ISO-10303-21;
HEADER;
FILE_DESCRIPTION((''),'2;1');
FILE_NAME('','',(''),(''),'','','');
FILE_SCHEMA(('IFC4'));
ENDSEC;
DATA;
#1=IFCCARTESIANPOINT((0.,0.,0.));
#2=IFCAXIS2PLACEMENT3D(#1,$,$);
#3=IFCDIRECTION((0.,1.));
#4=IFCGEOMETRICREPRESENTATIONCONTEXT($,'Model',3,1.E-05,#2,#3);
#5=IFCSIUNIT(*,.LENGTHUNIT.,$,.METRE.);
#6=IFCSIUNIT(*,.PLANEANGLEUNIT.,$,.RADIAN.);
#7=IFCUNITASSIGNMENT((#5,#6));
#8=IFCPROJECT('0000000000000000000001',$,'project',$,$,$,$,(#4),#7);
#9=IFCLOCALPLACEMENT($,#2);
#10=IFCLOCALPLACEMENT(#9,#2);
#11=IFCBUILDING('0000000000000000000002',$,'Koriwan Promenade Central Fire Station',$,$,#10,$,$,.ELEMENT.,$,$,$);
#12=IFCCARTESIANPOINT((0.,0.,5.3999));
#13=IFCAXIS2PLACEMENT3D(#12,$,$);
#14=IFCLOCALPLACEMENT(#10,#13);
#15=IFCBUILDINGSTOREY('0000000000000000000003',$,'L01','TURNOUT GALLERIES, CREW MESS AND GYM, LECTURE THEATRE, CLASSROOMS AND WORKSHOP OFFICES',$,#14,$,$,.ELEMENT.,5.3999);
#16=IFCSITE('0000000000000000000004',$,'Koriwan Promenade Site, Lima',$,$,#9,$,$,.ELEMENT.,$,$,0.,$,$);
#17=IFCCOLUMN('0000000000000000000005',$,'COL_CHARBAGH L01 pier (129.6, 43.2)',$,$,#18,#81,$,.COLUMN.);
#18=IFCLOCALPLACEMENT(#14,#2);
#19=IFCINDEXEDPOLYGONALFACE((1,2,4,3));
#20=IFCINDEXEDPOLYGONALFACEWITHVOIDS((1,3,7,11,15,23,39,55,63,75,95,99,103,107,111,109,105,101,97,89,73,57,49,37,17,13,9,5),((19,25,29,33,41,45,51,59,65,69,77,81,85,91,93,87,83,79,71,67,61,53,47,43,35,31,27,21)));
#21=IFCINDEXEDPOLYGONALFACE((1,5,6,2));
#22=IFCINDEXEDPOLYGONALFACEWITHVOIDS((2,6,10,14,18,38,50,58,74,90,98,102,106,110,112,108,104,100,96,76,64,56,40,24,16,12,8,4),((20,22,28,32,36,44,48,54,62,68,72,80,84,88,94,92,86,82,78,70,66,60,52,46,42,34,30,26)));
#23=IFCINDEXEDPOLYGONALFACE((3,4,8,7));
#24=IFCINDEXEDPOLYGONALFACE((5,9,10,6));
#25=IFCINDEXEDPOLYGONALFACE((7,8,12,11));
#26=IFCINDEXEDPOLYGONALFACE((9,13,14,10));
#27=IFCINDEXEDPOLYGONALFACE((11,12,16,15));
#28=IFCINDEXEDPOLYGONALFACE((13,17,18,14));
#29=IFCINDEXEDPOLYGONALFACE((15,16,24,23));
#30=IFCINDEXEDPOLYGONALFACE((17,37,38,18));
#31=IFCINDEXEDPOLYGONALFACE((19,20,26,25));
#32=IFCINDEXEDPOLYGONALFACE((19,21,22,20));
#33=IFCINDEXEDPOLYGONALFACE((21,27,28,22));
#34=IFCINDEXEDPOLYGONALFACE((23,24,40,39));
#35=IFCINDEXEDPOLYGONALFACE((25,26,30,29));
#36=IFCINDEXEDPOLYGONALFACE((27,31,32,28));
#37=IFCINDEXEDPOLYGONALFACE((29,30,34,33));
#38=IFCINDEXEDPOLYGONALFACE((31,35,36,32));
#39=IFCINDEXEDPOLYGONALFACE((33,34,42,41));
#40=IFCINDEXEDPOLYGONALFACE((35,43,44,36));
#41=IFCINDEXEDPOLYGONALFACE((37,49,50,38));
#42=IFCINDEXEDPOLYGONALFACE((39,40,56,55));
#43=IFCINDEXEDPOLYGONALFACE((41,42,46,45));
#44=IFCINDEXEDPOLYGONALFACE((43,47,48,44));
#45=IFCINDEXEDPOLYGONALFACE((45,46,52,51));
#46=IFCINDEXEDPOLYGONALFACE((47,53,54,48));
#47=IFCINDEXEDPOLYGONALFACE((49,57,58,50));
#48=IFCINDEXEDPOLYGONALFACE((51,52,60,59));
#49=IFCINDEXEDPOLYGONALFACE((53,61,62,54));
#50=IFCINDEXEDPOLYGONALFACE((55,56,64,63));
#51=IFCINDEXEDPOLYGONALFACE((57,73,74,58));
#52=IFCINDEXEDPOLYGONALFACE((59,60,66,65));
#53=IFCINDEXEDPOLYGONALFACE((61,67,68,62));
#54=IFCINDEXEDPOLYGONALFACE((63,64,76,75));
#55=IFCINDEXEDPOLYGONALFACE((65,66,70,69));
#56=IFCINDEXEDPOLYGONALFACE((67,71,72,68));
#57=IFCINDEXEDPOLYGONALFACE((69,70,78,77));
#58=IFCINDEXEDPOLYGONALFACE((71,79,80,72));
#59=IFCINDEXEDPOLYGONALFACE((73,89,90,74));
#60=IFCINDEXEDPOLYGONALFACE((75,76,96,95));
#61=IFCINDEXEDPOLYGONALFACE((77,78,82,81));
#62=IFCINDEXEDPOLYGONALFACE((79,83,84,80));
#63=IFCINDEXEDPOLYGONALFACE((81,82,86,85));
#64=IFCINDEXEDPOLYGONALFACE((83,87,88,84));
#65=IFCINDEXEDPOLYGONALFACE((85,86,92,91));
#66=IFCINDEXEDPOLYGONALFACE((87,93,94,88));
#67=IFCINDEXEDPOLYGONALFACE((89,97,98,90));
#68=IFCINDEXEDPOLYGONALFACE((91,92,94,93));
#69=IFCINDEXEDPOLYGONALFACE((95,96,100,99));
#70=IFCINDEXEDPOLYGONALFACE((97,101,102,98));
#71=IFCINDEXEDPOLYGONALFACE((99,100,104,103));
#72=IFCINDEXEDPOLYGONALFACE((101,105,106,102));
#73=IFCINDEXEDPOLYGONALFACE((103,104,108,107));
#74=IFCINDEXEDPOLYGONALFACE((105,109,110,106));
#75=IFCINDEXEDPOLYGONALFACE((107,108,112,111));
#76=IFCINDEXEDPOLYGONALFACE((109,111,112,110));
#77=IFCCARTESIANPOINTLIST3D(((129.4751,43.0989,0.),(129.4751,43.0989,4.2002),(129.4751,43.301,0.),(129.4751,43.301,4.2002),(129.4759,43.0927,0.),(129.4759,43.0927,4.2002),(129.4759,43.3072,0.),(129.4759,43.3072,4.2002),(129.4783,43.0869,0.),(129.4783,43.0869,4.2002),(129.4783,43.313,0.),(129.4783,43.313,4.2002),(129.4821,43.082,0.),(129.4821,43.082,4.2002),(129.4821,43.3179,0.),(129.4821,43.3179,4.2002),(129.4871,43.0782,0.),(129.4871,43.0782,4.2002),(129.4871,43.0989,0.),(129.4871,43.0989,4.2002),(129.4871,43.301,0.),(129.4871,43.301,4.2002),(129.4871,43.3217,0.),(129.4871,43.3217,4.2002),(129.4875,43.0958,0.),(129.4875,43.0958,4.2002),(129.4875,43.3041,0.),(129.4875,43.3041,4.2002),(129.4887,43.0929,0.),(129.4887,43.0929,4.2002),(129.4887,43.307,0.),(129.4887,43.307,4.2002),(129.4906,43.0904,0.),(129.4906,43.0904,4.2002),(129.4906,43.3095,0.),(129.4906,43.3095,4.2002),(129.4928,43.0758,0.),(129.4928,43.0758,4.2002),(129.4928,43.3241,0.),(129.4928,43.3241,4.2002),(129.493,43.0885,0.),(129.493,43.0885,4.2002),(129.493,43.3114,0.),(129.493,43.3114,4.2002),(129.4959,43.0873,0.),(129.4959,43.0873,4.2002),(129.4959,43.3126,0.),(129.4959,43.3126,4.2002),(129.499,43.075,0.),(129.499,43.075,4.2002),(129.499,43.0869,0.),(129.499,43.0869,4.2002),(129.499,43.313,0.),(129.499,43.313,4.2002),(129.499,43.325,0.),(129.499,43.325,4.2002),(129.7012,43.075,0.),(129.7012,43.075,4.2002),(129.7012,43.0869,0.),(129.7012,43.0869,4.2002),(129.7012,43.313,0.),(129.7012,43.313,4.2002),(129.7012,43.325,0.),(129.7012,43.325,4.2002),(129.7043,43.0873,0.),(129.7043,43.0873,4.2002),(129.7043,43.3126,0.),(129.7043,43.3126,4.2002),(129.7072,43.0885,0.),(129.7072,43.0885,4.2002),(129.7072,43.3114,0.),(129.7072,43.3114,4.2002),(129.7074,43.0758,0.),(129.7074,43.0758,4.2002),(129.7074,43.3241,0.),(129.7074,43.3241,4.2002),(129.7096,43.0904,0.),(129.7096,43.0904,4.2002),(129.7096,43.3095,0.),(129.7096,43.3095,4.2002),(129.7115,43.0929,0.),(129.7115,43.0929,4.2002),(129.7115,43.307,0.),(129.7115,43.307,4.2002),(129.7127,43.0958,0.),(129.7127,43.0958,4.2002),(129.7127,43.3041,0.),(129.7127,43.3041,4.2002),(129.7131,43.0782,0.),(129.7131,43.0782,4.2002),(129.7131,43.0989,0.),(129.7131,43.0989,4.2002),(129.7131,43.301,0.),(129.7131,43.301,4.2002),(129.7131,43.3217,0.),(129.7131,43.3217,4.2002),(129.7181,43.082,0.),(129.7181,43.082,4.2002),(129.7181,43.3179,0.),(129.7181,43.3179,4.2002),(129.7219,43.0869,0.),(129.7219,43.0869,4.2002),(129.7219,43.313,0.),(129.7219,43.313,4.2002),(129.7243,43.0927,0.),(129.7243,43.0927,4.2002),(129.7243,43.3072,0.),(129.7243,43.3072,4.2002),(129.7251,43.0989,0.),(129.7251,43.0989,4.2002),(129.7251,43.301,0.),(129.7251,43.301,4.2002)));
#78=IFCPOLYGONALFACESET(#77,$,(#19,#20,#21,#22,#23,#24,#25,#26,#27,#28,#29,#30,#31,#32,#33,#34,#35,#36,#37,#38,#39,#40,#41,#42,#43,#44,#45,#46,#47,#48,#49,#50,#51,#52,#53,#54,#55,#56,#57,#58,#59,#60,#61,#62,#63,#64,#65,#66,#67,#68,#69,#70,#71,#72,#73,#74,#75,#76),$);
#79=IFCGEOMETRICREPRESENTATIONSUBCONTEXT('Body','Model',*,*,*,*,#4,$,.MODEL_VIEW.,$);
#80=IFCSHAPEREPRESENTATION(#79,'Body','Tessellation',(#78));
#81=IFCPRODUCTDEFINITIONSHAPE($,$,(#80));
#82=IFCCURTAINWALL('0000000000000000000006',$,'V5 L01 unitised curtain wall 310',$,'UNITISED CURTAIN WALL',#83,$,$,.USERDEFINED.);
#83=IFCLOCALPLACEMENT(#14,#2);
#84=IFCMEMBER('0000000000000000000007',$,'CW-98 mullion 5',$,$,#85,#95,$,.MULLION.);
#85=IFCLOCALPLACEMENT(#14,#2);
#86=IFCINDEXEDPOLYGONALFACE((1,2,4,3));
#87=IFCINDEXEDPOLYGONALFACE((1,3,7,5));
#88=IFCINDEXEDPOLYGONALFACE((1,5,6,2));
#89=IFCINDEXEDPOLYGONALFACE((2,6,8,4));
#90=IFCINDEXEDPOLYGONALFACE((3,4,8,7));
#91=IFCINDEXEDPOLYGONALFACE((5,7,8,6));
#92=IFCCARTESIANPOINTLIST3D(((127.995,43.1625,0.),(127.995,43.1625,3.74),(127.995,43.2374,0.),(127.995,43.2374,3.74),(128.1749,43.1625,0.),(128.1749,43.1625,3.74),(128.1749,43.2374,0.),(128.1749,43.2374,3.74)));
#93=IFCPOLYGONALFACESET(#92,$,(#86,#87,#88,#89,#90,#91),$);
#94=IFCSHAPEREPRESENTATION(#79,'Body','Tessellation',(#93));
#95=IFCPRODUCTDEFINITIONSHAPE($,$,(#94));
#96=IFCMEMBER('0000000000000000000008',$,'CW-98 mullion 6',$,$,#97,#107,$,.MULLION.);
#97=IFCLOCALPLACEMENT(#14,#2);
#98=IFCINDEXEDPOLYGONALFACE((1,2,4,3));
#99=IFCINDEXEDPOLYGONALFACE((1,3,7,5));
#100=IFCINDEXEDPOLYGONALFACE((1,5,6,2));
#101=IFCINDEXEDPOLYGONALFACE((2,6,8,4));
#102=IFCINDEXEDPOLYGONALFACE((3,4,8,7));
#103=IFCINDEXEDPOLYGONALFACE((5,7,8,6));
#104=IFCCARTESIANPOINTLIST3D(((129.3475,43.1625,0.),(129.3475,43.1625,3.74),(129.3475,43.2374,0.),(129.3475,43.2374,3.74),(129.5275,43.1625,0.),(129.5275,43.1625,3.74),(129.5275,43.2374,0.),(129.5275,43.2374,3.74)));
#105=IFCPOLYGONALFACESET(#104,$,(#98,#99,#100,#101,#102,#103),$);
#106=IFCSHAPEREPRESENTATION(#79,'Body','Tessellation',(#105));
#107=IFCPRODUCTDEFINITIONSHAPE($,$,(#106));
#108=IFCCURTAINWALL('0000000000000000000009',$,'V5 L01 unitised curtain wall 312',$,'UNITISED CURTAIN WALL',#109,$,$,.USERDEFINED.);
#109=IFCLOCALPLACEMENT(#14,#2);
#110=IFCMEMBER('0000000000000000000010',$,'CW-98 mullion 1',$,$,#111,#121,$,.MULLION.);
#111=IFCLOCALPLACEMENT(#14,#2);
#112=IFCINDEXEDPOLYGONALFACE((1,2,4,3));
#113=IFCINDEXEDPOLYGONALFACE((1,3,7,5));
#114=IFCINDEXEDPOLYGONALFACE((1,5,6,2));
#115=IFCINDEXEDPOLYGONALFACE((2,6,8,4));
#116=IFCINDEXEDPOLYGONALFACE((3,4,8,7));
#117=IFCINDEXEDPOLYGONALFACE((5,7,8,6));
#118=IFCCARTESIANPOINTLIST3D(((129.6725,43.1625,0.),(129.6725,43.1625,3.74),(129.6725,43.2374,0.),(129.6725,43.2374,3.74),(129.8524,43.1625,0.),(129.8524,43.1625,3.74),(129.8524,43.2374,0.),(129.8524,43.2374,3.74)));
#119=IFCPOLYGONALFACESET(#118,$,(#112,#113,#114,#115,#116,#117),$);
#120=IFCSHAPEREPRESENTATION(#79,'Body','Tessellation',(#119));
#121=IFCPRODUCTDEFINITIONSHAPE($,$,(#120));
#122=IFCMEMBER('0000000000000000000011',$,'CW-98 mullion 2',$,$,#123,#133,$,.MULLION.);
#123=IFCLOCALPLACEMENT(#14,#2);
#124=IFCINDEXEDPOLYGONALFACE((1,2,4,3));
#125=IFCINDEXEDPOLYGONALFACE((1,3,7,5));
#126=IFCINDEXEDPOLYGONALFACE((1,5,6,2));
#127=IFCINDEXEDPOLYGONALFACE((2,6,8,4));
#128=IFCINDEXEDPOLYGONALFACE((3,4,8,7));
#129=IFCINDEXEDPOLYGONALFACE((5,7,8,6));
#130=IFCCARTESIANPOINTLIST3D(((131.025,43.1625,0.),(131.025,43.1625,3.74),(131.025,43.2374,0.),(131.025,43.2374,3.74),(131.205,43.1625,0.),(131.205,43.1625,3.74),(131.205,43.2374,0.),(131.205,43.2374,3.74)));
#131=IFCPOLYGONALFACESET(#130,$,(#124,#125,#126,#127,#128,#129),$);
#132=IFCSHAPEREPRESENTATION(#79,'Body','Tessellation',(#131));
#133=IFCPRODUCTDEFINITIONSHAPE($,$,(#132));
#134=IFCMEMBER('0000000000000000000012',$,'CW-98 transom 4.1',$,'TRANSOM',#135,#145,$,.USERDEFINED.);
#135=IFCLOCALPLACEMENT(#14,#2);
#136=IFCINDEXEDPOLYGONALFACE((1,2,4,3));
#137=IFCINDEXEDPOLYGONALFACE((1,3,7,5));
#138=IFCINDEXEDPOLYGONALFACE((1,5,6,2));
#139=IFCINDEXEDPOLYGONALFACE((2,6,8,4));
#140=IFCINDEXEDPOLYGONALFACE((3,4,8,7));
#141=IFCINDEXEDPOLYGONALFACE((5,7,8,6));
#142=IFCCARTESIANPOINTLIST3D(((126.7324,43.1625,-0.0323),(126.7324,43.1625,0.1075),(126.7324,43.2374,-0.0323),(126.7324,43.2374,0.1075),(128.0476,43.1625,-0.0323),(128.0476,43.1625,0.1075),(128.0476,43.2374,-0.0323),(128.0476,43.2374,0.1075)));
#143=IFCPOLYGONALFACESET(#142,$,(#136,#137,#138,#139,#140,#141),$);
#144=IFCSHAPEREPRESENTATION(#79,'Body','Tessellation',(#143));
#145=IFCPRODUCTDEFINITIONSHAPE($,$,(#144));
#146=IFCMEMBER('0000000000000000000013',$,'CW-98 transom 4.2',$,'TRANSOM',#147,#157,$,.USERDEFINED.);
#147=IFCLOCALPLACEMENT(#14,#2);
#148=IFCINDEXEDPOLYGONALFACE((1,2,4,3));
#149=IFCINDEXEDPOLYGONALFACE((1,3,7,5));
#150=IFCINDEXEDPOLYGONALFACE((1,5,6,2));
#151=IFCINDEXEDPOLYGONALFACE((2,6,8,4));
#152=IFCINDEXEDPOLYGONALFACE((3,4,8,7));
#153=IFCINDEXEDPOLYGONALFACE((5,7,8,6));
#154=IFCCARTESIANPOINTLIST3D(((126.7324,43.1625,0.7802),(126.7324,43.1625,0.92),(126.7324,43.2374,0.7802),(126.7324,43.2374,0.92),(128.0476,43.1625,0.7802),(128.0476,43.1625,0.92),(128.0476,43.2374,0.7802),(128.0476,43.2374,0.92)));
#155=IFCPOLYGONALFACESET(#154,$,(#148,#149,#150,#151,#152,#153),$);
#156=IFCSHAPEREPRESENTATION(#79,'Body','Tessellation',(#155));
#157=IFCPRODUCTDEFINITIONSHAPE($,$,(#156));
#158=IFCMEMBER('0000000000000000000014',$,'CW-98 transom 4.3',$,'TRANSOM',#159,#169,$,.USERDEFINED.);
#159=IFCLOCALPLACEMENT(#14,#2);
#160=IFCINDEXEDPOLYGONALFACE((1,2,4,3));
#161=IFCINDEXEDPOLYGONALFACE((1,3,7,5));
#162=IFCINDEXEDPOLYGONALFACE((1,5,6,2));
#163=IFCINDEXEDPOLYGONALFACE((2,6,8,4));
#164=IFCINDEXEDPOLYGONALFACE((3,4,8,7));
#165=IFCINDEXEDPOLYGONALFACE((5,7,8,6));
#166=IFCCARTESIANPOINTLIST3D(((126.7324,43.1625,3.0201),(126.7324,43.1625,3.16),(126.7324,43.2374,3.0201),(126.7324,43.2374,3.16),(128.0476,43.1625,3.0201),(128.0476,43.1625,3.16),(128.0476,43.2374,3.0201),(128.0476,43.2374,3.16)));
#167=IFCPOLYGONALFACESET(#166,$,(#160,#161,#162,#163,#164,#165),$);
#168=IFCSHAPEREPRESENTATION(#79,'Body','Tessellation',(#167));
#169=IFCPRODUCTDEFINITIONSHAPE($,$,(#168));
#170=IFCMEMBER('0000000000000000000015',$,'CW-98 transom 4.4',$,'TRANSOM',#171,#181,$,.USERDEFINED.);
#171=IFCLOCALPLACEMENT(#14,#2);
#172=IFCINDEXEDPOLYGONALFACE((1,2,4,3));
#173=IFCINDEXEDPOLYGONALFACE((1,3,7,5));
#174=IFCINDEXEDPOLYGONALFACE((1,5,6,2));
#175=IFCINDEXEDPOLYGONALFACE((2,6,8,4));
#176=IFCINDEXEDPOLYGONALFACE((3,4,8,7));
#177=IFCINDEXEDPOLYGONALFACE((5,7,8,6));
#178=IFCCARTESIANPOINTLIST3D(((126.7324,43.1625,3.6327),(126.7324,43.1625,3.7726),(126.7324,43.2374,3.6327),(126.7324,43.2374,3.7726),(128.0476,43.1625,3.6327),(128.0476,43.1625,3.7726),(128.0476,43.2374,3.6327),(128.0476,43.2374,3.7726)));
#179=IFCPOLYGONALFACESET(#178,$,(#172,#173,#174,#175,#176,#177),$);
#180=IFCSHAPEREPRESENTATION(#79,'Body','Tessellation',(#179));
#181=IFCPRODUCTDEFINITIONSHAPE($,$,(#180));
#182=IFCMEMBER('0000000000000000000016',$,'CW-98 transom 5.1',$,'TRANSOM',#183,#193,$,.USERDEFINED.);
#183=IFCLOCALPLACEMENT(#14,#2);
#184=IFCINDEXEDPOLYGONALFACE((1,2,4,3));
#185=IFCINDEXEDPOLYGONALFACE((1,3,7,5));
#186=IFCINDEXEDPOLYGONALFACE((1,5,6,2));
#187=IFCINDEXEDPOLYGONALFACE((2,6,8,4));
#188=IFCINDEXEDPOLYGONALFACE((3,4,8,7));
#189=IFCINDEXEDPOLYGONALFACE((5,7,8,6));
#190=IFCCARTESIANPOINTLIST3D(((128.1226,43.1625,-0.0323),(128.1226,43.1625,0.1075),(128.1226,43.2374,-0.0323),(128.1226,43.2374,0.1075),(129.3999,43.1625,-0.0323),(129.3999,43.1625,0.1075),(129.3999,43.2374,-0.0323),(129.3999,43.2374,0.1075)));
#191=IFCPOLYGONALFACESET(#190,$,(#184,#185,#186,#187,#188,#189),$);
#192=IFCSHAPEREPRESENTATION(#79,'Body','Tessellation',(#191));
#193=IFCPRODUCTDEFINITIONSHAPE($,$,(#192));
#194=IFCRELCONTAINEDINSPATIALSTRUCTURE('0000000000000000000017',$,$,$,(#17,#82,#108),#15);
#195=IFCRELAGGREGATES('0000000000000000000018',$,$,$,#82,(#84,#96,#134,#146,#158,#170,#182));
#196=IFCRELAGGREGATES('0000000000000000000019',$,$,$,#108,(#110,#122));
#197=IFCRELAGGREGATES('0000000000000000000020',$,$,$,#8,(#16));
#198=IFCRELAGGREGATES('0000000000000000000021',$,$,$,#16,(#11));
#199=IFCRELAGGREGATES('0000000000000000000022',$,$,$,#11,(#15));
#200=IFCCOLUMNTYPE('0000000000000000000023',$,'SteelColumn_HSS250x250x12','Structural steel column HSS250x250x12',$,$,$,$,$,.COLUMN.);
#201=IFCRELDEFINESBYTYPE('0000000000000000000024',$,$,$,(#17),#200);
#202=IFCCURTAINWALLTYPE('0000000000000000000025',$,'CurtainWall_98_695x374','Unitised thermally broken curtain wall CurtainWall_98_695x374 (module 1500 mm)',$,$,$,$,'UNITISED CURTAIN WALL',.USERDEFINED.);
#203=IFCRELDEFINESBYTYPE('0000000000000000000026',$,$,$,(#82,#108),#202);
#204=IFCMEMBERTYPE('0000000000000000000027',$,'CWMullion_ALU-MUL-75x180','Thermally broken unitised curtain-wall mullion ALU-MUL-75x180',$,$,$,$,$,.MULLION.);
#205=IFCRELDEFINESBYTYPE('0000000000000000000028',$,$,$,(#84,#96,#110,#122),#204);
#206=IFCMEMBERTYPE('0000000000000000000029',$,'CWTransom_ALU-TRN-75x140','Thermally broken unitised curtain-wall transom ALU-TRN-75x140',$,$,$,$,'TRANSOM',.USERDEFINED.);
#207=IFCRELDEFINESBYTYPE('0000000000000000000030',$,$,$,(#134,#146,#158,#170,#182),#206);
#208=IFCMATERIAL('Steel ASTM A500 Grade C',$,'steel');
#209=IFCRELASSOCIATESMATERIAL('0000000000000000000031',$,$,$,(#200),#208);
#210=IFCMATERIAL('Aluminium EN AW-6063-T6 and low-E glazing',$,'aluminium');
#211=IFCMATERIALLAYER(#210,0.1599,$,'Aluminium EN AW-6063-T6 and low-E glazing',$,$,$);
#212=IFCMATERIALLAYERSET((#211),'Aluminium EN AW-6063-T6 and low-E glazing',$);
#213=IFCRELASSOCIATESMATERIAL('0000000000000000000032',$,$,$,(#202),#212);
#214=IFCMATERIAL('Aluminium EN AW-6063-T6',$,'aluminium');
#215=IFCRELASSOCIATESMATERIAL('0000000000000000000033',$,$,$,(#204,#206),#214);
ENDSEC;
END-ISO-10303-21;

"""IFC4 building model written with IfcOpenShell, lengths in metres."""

from ifc_helpers import new_model, si_unit, direction, frame, origin, origin_2d, place, context, subcontext, project, spatial, rectangle, hollow_rectangle, extrude, material, layer, layer_set, material_profile, profile_set, type_object, element, aggregate, save


model = new_model("IFC4")

# Units and contexts
model_context = context("Model", 3, precision=1e-05, world=origin(), true_north=direction((0.0, 1.0)))
body_context = subcontext(model_context, "Body", "Model", "MODEL_VIEW")
ifc_project = project(units=[si_unit("LENGTHUNIT", "METRE"), si_unit("PLANEANGLEUNIT", "RADIAN")], contexts=[model_context])

# Site, building, storey
site_placement = place(None, origin())
site = spatial("IfcSite", under=ifc_project, at=site_placement, Name="Koriwan Promenade Site, Lima", CompositionType="ELEMENT", RefElevation=0.0)
building_placement = place(site_placement, origin())
building = spatial("IfcBuilding", under=site, at=building_placement, Name="Koriwan Promenade Central Fire Station", CompositionType="ELEMENT")
storey_placement = place(building_placement, frame((0.0, 0.0, 5.3999)))
storey = spatial("IfcBuildingStorey", under=building, at=storey_placement, Name="L01", Description="TURNOUT GALLERIES, CREW MESS AND GYM, LECTURE THEATRE, CLASSROOMS AND WORKSHOP OFFICES", CompositionType="ELEMENT", Elevation=5.3999)

# Column
ifc_material_1 = material(Name="Steel ASTM A500 Grade C", Category="steel")
ifc_material_profile_1 = material_profile(ifc_material_1, hollow_rectangle(XDim=0.25, YDim=0.25, WallThickness=0.012, InnerFilletRadius=0.012, OuterFilletRadius=0.0239, at=origin_2d()), Name="HSS250x250x12")
ifc_profile_set_1 = profile_set([ifc_material_profile_1], Name="Steel ASTM A500 Grade C")
column_type = type_object("IfcColumnType", Name="SteelColumn_HSS250x250x12", Description="Structural steel column HSS250x250x12", PredefinedType="COLUMN", material=ifc_profile_set_1)
column_placement = place(storey_placement, frame((129.6001, 43.2, 0.0), z_axis=(0.0, 0.0, 1.0), x_axis=(1.0, 0.0, 0.0)))
element("IfcColumn", 1, at=column_placement, inside=storey, type_object=column_type, Name="COL_CHARBAGH L01 pier (129.6, 43.2)", PredefinedType="COLUMN", context=body_context, shape_type="SweptSolid", body=[
    extrude(hollow_rectangle(XDim=0.25, YDim=0.25, WallThickness=0.012, InnerFilletRadius=0.012, OuterFilletRadius=0.0239, at=origin_2d()), origin(), (0.0, 0.0, 1.0), 4.2002),
])

# Curtain walls, members
ifc_material_2 = material(Name="Aluminium EN AW-6063-T6 and low-E glazing", Category="aluminium")
ifc_layer_1 = layer(ifc_material_2, 0.1599, Name="Aluminium EN AW-6063-T6 and low-E glazing")
ifc_layer_set_1 = layer_set([ifc_layer_1], Name="Aluminium EN AW-6063-T6 and low-E glazing")
curtain_wall_type = type_object("IfcCurtainWallType", Name="CurtainWall_98_695x374", Description="Unitised thermally broken curtain wall CurtainWall_98_695x374 (module 1500 mm)", ElementType="UNITISED CURTAIN WALL", PredefinedType="USERDEFINED", material=ifc_layer_set_1)
curtain_wall_1_placement = place(storey_placement, origin())
curtain_wall_1 = element("IfcCurtainWall", 2, at=curtain_wall_1_placement, inside=storey, type_object=curtain_wall_type, Name="V5 L01 unitised curtain wall 310", ObjectType="UNITISED CURTAIN WALL", PredefinedType="USERDEFINED")
ifc_material_3 = material(Name="Aluminium EN AW-6063-T6", Category="aluminium")
ifc_material_profile_2 = material_profile(ifc_material_3, rectangle(XDim=0.075, YDim=0.1799, at=origin_2d()), Name="ALU-MUL-75x180")
ifc_profile_set_2 = profile_set([ifc_material_profile_2], Name="Aluminium EN AW-6063-T6")
member_type_1 = type_object("IfcMemberType", Name="CWMullion_ALU-MUL-75x180", Description="Thermally broken unitised curtain-wall mullion ALU-MUL-75x180", PredefinedType="MULLION", material=ifc_profile_set_2)
member_1_placement = place(storey_placement, frame((128.085, 43.2, 0.0), z_axis=(0.0, 0.0, 1.0), x_axis=(0.0, 1.0, 0.0)))
member_1 = element("IfcMember", 3, at=member_1_placement, type_object=member_type_1, Name="CW-98 mullion 5", PredefinedType="MULLION", context=body_context, shape_type="SweptSolid", body=[
    extrude(rectangle(XDim=0.075, YDim=0.1799, at=origin_2d()), origin(), (0.0, 0.0, 1.0), 3.74),
])
member_2_placement = place(storey_placement, frame((129.4375, 43.2, 0.0), z_axis=(0.0, 0.0, 1.0), x_axis=(0.0, 1.0, 0.0)))
member_2 = element("IfcMember", 4, at=member_2_placement, type_object=member_type_1, Name="CW-98 mullion 6", PredefinedType="MULLION", context=body_context, shape_type="SweptSolid", body=[
    extrude(rectangle(XDim=0.075, YDim=0.1799, at=origin_2d()), origin(), (0.0, 0.0, 1.0), 3.74),
])
curtain_wall_2_placement = place(storey_placement, origin())
curtain_wall_2 = element("IfcCurtainWall", 5, at=curtain_wall_2_placement, inside=storey, type_object=curtain_wall_type, Name="V5 L01 unitised curtain wall 312", ObjectType="UNITISED CURTAIN WALL", PredefinedType="USERDEFINED")
member_3_placement = place(storey_placement, frame((129.7625, 43.2, 0.0), z_axis=(0.0, 0.0, 1.0), x_axis=(0.0, 1.0, 0.0)))
member_3 = element("IfcMember", 6, at=member_3_placement, type_object=member_type_1, Name="CW-98 mullion 1", PredefinedType="MULLION", context=body_context, shape_type="SweptSolid", body=[
    extrude(rectangle(XDim=0.075, YDim=0.1799, at=origin_2d()), origin(), (0.0, 0.0, 1.0), 3.74),
])
member_4_placement = place(storey_placement, frame((131.115, 43.2, 0.0), z_axis=(0.0, 0.0, 1.0), x_axis=(0.0, 1.0, 0.0)))
member_4 = element("IfcMember", 7, at=member_4_placement, type_object=member_type_1, Name="CW-98 mullion 2", PredefinedType="MULLION", context=body_context, shape_type="SweptSolid", body=[
    extrude(rectangle(XDim=0.075, YDim=0.1799, at=origin_2d()), origin(), (0.0, 0.0, 1.0), 3.74),
])

# Members
ifc_material_profile_3 = material_profile(ifc_material_3, rectangle(XDim=0.075, YDim=0.1399, at=origin_2d()), Name="ALU-TRN-75x140")
ifc_profile_set_3 = profile_set([ifc_material_profile_3], Name="Aluminium EN AW-6063-T6")
member_type_2 = type_object("IfcMemberType", Name="CWTransom_ALU-TRN-75x140", Description="Thermally broken unitised curtain-wall transom ALU-TRN-75x140", ElementType="TRANSOM", PredefinedType="USERDEFINED", material=ifc_profile_set_3)
member_5_placement = place(storey_placement, frame((126.7324, 43.2, 0.0376), z_axis=(1.0, 0.0, 0.0), x_axis=(0.0, 1.0, 0.0)))
member_5 = element("IfcMember", 8, at=member_5_placement, type_object=member_type_2, Name="CW-98 transom 4.1", ObjectType="TRANSOM", PredefinedType="USERDEFINED", context=body_context, shape_type="SweptSolid", body=[
    extrude(rectangle(XDim=0.075, YDim=0.1399, at=origin_2d()), origin(), (0.0, 0.0, 1.0), 1.3152),
])
member_6_placement = place(storey_placement, frame((126.7324, 43.2, 0.8501), z_axis=(1.0, 0.0, 0.0), x_axis=(0.0, 1.0, 0.0)))
member_6 = element("IfcMember", 9, at=member_6_placement, type_object=member_type_2, Name="CW-98 transom 4.2", ObjectType="TRANSOM", PredefinedType="USERDEFINED", context=body_context, shape_type="SweptSolid", body=[
    extrude(rectangle(XDim=0.075, YDim=0.1399, at=origin_2d()), origin(), (0.0, 0.0, 1.0), 1.3152),
])
member_7_placement = place(storey_placement, frame((126.7324, 43.2, 3.0901), z_axis=(1.0, 0.0, 0.0), x_axis=(0.0, 1.0, 0.0)))
member_7 = element("IfcMember", 10, at=member_7_placement, type_object=member_type_2, Name="CW-98 transom 4.3", ObjectType="TRANSOM", PredefinedType="USERDEFINED", context=body_context, shape_type="SweptSolid", body=[
    extrude(rectangle(XDim=0.075, YDim=0.1399, at=origin_2d()), origin(), (0.0, 0.0, 1.0), 1.3152),
])
member_8_placement = place(storey_placement, frame((126.7324, 43.2, 3.7026), z_axis=(1.0, 0.0, 0.0), x_axis=(0.0, 1.0, 0.0)))
member_8 = element("IfcMember", 11, at=member_8_placement, type_object=member_type_2, Name="CW-98 transom 4.4", ObjectType="TRANSOM", PredefinedType="USERDEFINED", context=body_context, shape_type="SweptSolid", body=[
    extrude(rectangle(XDim=0.075, YDim=0.1399, at=origin_2d()), origin(), (0.0, 0.0, 1.0), 1.3152),
])
member_9_placement = place(storey_placement, frame((128.1226, 43.2, 0.0376), z_axis=(1.0, 0.0, 0.0), x_axis=(0.0, 1.0, 0.0)))
member_9 = element("IfcMember", 12, at=member_9_placement, type_object=member_type_2, Name="CW-98 transom 5.1", ObjectType="TRANSOM", PredefinedType="USERDEFINED", context=body_context, shape_type="SweptSolid", body=[
    extrude(rectangle(XDim=0.075, YDim=0.1399, at=origin_2d()), origin(), (0.0, 0.0, 1.0), 1.2773),
])

aggregate(curtain_wall_1, [member_1, member_2, member_5, member_6, member_7, member_8, member_9])
aggregate(curtain_wall_2, [member_3, member_4])

save(model, "model.ifc")
